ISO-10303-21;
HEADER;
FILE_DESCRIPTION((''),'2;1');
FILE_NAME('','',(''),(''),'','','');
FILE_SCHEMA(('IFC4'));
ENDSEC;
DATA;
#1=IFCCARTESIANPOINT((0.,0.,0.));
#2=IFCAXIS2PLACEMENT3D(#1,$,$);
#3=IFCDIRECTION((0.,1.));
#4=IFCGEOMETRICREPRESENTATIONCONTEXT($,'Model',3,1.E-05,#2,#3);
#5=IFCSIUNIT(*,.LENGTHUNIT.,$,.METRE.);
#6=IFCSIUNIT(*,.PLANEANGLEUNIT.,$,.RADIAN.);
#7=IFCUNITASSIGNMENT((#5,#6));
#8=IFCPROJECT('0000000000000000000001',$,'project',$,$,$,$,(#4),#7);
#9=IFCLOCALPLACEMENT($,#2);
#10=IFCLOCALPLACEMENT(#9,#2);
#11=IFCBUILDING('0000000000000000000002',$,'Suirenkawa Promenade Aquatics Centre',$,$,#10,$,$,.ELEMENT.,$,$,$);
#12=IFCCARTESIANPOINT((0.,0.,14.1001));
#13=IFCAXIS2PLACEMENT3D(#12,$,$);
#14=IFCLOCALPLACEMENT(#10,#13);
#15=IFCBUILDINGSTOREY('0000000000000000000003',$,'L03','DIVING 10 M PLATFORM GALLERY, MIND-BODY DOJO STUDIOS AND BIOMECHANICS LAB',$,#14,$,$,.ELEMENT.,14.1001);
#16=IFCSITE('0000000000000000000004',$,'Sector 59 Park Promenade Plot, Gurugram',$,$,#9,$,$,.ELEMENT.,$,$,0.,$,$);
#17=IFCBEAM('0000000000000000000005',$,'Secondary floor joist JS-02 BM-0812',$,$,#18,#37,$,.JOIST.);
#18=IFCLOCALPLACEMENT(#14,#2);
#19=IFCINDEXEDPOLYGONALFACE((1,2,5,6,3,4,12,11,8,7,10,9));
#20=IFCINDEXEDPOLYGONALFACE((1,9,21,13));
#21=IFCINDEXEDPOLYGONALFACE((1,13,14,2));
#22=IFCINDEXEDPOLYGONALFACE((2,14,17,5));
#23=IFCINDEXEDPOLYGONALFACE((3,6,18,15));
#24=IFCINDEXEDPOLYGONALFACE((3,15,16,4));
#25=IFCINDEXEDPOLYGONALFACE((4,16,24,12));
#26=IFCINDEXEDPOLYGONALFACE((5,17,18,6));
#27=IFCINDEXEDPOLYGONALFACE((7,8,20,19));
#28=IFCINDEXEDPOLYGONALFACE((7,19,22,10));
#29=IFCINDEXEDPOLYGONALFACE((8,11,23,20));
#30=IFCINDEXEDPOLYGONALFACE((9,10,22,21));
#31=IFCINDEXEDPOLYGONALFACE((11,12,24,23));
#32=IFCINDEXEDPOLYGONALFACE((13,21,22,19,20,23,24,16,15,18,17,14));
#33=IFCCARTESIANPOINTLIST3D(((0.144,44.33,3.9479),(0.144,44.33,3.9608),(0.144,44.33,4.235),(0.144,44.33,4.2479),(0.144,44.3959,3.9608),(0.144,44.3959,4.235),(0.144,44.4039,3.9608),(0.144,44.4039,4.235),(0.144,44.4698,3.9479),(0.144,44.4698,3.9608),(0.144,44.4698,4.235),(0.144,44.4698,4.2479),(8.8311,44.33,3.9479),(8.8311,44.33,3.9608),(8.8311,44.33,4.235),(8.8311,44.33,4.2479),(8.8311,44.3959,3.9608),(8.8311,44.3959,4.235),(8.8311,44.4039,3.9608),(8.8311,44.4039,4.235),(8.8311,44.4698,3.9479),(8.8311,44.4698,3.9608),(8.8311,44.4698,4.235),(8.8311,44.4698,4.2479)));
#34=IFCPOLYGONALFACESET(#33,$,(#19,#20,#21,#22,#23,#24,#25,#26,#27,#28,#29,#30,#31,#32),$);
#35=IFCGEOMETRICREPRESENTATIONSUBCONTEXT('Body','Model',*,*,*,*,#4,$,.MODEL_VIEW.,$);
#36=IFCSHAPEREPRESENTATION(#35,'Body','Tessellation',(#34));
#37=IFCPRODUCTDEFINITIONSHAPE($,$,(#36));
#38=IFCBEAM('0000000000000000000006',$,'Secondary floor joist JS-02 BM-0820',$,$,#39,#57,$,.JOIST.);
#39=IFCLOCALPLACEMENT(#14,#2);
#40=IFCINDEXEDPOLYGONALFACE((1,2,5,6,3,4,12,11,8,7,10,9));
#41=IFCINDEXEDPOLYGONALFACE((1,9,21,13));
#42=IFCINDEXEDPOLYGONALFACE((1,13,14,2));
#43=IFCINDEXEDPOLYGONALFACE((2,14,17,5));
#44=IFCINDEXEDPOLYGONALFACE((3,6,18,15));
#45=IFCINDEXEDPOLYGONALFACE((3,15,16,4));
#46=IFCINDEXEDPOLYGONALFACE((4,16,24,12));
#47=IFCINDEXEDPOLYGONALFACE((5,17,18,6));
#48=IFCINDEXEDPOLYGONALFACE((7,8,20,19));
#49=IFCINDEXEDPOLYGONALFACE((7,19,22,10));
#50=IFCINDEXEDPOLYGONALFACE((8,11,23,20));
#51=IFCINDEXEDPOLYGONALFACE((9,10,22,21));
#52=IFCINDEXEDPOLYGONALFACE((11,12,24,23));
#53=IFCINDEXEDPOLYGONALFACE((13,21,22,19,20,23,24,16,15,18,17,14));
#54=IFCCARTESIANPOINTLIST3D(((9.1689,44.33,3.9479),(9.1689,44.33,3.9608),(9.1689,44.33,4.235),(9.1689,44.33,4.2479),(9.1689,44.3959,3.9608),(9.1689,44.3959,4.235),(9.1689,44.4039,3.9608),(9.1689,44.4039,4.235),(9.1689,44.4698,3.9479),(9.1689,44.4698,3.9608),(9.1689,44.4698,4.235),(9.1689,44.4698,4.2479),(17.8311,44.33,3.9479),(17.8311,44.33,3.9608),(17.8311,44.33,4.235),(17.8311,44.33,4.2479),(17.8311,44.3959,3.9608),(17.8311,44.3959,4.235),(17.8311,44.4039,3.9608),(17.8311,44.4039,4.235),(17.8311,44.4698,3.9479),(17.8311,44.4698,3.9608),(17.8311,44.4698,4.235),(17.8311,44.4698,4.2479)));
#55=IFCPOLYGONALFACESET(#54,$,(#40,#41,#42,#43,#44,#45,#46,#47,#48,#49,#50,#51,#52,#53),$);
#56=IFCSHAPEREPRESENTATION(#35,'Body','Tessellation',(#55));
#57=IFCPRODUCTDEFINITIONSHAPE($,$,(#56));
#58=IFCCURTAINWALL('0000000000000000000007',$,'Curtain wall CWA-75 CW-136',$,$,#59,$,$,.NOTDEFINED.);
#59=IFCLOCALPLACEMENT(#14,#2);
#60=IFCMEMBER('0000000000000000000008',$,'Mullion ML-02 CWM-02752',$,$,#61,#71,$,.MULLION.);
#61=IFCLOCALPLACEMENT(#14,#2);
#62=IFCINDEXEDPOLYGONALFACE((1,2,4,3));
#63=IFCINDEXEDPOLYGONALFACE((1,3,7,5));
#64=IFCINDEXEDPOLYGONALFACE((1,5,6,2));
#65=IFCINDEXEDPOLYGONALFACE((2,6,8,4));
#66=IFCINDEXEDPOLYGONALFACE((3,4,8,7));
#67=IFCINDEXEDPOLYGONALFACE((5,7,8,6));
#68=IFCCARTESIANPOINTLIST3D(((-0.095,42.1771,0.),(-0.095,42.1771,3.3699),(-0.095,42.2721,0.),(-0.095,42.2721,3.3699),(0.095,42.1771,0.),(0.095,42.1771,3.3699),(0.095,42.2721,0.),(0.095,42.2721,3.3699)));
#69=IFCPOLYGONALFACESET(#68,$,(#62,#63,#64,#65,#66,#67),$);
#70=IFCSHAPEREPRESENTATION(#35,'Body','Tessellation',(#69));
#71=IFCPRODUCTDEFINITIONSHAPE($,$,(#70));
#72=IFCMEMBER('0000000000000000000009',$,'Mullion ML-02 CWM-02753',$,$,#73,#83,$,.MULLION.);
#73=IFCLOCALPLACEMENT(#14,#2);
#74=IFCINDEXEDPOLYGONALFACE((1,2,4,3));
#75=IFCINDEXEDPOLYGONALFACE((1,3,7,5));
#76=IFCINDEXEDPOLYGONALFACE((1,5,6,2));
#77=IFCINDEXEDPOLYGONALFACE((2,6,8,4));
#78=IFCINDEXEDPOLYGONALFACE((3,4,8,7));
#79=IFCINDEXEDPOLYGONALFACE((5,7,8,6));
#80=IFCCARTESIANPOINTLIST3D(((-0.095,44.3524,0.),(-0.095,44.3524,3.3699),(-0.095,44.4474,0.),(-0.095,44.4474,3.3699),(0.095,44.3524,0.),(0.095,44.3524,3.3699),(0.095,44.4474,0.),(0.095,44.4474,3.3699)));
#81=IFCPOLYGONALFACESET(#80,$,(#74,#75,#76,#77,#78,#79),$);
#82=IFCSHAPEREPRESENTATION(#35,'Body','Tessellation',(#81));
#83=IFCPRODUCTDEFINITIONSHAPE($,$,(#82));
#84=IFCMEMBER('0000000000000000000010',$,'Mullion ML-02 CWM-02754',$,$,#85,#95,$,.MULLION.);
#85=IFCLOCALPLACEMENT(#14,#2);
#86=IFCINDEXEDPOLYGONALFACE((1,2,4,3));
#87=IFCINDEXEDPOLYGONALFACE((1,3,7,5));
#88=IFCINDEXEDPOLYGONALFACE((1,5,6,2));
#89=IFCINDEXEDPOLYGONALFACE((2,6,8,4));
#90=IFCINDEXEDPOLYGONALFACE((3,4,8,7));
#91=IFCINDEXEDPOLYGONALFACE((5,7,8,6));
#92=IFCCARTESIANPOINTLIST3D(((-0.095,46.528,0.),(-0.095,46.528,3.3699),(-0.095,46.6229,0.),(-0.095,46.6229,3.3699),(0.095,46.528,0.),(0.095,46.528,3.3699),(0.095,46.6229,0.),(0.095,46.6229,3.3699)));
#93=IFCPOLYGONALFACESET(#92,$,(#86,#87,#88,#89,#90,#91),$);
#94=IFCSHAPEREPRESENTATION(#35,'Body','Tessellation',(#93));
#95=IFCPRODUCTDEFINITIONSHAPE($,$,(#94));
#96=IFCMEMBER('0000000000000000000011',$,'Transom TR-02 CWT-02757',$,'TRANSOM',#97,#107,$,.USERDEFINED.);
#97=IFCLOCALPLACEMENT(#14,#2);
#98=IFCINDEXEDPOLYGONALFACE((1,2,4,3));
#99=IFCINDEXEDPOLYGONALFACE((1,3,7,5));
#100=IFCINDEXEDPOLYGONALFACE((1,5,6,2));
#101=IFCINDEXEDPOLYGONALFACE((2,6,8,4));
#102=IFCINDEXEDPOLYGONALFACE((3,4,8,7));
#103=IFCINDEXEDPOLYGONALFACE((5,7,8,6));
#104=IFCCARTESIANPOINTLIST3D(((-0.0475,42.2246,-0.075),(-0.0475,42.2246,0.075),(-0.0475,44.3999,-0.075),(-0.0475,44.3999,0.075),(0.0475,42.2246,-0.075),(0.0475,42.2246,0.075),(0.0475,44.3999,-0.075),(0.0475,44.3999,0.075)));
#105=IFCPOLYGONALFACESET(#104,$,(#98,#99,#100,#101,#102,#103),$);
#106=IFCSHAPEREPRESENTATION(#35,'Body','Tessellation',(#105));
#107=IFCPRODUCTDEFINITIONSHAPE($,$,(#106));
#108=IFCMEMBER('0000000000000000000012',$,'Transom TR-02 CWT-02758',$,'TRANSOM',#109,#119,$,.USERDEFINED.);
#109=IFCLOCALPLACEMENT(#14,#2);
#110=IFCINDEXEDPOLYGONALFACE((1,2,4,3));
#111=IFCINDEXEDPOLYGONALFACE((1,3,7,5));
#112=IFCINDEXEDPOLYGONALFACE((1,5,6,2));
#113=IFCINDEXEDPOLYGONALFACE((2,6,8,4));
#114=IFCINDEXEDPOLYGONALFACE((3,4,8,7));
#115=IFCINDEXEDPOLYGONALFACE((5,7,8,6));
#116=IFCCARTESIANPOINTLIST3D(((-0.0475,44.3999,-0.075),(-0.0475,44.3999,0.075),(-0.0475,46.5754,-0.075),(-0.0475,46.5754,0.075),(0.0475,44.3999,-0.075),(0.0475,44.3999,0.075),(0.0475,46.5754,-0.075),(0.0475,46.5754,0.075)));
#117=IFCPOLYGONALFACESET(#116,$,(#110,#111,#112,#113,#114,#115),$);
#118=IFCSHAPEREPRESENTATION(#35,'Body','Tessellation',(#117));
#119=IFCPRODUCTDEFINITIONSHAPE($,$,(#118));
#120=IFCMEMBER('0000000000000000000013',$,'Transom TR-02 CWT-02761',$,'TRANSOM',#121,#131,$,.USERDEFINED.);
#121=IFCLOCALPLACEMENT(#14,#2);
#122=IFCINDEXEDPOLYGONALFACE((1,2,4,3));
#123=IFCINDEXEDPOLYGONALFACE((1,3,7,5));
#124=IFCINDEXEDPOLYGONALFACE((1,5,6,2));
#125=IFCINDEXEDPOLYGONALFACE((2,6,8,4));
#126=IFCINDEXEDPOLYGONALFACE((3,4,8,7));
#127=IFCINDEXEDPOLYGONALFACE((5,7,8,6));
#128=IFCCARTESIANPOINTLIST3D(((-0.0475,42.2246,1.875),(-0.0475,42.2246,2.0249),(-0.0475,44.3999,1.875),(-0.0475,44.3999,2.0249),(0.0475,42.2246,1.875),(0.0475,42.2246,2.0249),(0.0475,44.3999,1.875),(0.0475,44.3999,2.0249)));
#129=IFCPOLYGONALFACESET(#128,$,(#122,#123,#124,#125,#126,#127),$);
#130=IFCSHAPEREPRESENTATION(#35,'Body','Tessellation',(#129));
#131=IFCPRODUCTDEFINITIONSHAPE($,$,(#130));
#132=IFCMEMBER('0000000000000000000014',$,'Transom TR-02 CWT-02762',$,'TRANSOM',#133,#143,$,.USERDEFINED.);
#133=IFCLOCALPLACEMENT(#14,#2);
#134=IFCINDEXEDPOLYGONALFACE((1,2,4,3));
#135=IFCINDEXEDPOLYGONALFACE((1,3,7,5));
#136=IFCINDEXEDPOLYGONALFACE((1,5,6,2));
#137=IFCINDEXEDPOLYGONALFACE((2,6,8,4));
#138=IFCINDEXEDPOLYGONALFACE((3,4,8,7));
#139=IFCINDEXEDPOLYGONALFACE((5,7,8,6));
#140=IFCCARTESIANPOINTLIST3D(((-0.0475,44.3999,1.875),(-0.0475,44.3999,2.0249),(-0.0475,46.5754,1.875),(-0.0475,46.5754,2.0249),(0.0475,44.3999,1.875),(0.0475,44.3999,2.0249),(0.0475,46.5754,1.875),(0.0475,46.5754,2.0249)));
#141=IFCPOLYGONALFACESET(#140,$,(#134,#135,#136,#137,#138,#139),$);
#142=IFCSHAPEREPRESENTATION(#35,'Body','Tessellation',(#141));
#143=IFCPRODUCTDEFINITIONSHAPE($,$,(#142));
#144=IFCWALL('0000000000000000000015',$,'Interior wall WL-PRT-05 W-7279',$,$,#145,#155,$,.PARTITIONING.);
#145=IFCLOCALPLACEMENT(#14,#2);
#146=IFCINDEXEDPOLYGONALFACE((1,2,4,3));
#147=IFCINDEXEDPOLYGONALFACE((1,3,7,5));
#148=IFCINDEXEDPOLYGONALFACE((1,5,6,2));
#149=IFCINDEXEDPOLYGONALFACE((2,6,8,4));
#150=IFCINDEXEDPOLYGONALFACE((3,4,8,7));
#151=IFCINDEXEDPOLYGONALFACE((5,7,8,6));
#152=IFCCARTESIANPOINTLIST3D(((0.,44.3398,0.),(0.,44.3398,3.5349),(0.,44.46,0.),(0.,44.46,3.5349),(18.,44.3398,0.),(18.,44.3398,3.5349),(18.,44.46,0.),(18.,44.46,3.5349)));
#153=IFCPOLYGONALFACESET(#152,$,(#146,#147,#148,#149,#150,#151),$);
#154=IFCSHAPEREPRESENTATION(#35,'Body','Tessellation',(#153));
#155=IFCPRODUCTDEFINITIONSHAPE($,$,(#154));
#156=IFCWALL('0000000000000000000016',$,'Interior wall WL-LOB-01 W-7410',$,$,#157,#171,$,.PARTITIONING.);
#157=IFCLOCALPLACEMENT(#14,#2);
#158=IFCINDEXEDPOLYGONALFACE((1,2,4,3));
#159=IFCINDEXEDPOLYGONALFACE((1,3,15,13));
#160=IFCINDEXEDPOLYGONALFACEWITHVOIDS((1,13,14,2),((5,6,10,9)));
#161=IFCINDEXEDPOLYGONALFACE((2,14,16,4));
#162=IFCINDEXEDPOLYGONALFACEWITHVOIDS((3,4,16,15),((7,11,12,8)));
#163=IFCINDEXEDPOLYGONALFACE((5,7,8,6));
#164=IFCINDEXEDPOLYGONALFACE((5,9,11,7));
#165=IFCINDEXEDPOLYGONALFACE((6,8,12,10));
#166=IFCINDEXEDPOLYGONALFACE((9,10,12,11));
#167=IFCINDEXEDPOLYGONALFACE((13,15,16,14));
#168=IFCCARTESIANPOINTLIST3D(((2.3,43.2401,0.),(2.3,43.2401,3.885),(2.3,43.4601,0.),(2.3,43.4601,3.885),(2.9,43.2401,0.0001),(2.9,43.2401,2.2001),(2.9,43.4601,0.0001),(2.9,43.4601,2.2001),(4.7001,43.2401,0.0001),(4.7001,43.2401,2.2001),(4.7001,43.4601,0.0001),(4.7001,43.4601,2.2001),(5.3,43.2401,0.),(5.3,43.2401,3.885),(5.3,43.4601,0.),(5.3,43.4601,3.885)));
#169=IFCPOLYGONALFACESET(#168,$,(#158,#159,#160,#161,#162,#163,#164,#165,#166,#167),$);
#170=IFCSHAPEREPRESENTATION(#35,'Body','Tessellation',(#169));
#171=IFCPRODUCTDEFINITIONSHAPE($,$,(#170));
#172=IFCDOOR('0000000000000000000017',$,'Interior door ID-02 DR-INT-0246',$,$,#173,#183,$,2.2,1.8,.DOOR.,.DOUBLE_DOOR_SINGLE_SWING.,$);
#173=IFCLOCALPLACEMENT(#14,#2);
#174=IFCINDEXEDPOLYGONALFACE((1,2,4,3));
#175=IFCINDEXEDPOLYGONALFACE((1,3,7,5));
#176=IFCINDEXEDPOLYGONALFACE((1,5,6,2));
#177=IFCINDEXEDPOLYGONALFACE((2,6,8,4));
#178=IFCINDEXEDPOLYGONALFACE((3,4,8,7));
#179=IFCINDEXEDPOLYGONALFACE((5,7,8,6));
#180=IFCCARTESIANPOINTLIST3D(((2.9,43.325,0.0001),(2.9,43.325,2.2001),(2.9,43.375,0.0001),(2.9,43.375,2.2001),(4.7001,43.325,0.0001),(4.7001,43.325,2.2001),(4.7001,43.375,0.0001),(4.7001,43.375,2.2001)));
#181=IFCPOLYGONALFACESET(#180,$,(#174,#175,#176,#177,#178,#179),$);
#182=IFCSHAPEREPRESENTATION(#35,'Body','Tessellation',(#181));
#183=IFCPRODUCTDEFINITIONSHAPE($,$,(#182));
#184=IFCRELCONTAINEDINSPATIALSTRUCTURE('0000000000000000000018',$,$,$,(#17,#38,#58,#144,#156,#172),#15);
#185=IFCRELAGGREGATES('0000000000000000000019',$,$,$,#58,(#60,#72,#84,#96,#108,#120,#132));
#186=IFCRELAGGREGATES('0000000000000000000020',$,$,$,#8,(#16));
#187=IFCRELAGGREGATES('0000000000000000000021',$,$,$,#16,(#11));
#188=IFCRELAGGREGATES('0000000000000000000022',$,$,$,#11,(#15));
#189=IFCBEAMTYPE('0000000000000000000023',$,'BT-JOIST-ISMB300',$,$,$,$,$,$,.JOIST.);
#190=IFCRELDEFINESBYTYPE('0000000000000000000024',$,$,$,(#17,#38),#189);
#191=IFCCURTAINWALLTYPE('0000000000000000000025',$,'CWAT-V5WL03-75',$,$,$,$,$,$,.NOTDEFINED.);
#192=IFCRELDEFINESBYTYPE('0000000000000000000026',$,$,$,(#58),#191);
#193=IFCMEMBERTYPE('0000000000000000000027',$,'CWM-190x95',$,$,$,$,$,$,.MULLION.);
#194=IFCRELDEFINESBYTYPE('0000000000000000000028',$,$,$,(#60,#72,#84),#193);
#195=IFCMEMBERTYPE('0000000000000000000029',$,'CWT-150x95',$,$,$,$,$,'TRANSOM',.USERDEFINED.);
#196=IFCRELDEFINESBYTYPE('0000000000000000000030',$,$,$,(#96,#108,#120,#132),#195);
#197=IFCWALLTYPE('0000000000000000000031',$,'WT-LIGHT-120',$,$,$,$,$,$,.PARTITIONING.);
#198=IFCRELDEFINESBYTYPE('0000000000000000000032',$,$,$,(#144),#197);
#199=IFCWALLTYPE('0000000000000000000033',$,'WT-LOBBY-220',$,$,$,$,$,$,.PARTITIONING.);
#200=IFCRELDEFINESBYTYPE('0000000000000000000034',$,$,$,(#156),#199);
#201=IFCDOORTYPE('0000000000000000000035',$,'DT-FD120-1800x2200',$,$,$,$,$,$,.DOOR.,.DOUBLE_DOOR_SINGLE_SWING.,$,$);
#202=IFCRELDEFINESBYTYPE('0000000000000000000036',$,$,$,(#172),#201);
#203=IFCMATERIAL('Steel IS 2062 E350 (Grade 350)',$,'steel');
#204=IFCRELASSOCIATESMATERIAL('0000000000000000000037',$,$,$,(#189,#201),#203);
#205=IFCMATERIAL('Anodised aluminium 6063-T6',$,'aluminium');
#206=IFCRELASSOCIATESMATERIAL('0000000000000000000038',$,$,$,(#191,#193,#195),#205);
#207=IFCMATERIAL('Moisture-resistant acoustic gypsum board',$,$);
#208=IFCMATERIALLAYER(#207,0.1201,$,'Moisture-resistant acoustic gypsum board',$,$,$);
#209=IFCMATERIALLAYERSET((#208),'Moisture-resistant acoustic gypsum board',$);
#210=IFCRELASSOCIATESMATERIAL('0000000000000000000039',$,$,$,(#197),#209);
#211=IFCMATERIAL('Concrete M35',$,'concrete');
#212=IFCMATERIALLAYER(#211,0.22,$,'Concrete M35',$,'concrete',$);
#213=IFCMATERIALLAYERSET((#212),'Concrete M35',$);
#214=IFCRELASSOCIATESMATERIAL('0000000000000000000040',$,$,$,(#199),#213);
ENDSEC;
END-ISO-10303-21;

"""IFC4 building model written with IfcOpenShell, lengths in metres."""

from ifc_helpers import new_model, si_unit, direction, frame, frame_2d, origin, origin_2d, place, context, subcontext, project, spatial, rectangle, i_section, extrude, material, layer, layer_set, material_profile, profile_set, type_object, element, fill, aggregate, save


model = new_model("IFC4")

# Units and contexts
model_context = context("Model", 3, precision=1e-05, world=origin(), true_north=direction((0.0, 1.0)))
body_context = subcontext(model_context, "Body", "Model", "MODEL_VIEW")
ifc_project = project(units=[si_unit("LENGTHUNIT", "METRE"), si_unit("PLANEANGLEUNIT", "RADIAN")], contexts=[model_context])

# Site, building, storey
site_placement = place(None, origin())
site = spatial("IfcSite", under=ifc_project, at=site_placement, Name="Sector 59 Park Promenade Plot, Gurugram", CompositionType="ELEMENT", RefElevation=0.0)
building_placement = place(site_placement, origin())
building = spatial("IfcBuilding", under=site, at=building_placement, Name="Suirenkawa Promenade Aquatics Centre", CompositionType="ELEMENT")
storey_placement = place(building_placement, frame((0.0, 0.0, 14.1001)))
storey = spatial("IfcBuildingStorey", under=building, at=storey_placement, Name="L03", Description="DIVING 10 M PLATFORM GALLERY, MIND-BODY DOJO STUDIOS AND BIOMECHANICS LAB", CompositionType="ELEMENT", Elevation=14.1001)

# Beams
ifc_material_1 = material(Name="Steel IS 2062 E350 (Grade 350)", Category="steel")
ifc_material_profile_1 = material_profile(ifc_material_1, i_section(OverallWidth=0.1399, OverallDepth=0.3, WebThickness=0.0081, FlangeThickness=0.0129, at=origin_2d()), Name="ISMB 300", Category="steel")
ifc_profile_set_1 = profile_set([ifc_material_profile_1], Name="Steel IS 2062 E350 (Grade 350)")
beam_type = type_object("IfcBeamType", Name="BT-JOIST-ISMB300", PredefinedType="JOIST", material=ifc_profile_set_1)
beam_1_placement = place(storey_placement, frame((0.144, 44.3999, 4.0979), z_axis=(1.0, 0.0, 0.0), x_axis=(0.0, 1.0, 0.0)))
element("IfcBeam", 1, at=beam_1_placement, inside=storey, type_object=beam_type, Name="Secondary floor joist JS-02 BM-0812", PredefinedType="JOIST", context=body_context, shape_type="SweptSolid", body=[
    extrude(i_section(OverallWidth=0.1399, OverallDepth=0.3, WebThickness=0.0081, FlangeThickness=0.0129, at=origin_2d()), origin(), (0.0, 0.0, 1.0), 8.687),
])
beam_2_placement = place(storey_placement, frame((9.1689, 44.3999, 4.0979), z_axis=(1.0, 0.0, 0.0), x_axis=(0.0, 1.0, 0.0)))
element("IfcBeam", 2, at=beam_2_placement, inside=storey, type_object=beam_type, Name="Secondary floor joist JS-02 BM-0820", PredefinedType="JOIST", context=body_context, shape_type="SweptSolid", body=[
    extrude(i_section(OverallWidth=0.1399, OverallDepth=0.3, WebThickness=0.0081, FlangeThickness=0.0129, at=origin_2d()), origin(), (0.0, 0.0, 1.0), 8.6621),
])

# Curtain wall, members
ifc_material_2 = material(Name="Anodised aluminium 6063-T6", Category="aluminium")
curtain_wall_type = type_object("IfcCurtainWallType", Name="CWAT-V5WL03-75", PredefinedType="NOTDEFINED", material=ifc_material_2)
curtain_wall_placement = place(storey_placement, origin())
curtain_wall = element("IfcCurtainWall", 3, at=curtain_wall_placement, inside=storey, type_object=curtain_wall_type, Name="Curtain wall CWA-75 CW-136", PredefinedType="NOTDEFINED")
ifc_material_profile_2 = material_profile(ifc_material_2, rectangle(XDim=0.095, YDim=0.1899, at=origin_2d()), Name="ALU MULL 95x190", Category="aluminium")
ifc_profile_set_2 = profile_set([ifc_material_profile_2], Name="Anodised aluminium 6063-T6")
member_type_1 = type_object("IfcMemberType", Name="CWM-190x95", PredefinedType="MULLION", material=ifc_profile_set_2)
member_1_placement = place(storey_placement, frame((0.0, 42.2246, 0.0), z_axis=(0.0, 0.0, 1.0), x_axis=(0.0, 1.0, 0.0)))
member_1 = element("IfcMember", 4, at=member_1_placement, type_object=member_type_1, Name="Mullion ML-02 CWM-02752", PredefinedType="MULLION", context=body_context, shape_type="SweptSolid", body=[
    extrude(rectangle(XDim=0.095, YDim=0.1899, at=origin_2d()), origin(), (0.0, 0.0, 1.0), 3.3699),
])
member_2_placement = place(storey_placement, frame((0.0, 44.3999, 0.0), z_axis=(0.0, 0.0, 1.0), x_axis=(0.0, 1.0, 0.0)))
member_2 = element("IfcMember", 5, at=member_2_placement, type_object=member_type_1, Name="Mullion ML-02 CWM-02753", PredefinedType="MULLION", context=body_context, shape_type="SweptSolid", body=[
    extrude(rectangle(XDim=0.095, YDim=0.1899, at=origin_2d()), origin(), (0.0, 0.0, 1.0), 3.3699),
])
member_3_placement = place(storey_placement, frame((0.0, 46.5754, 0.0), z_axis=(0.0, 0.0, 1.0), x_axis=(0.0, 1.0, 0.0)))
member_3 = element("IfcMember", 6, at=member_3_placement, type_object=member_type_1, Name="Mullion ML-02 CWM-02754", PredefinedType="MULLION", context=body_context, shape_type="SweptSolid", body=[
    extrude(rectangle(XDim=0.095, YDim=0.1899, at=origin_2d()), origin(), (0.0, 0.0, 1.0), 3.3699),
])
ifc_material_profile_3 = material_profile(ifc_material_2, rectangle(XDim=0.095, YDim=0.1499, at=origin_2d()), Name="ALU TRAN 95x150", Category="aluminium")
ifc_profile_set_3 = profile_set([ifc_material_profile_3], Name="Anodised aluminium 6063-T6")
member_type_2 = type_object("IfcMemberType", Name="CWT-150x95", ElementType="TRANSOM", PredefinedType="USERDEFINED", material=ifc_profile_set_3)
member_4_placement = place(storey_placement, frame((0.0, 42.2246, 0.0), z_axis=(0.0, 1.0, 0.0), x_axis=(-1.0, 0.0, 0.0)))
member_4 = element("IfcMember", 7, at=member_4_placement, type_object=member_type_2, Name="Transom TR-02 CWT-02757", ObjectType="TRANSOM", PredefinedType="USERDEFINED", context=body_context, shape_type="SweptSolid", body=[
    extrude(rectangle(XDim=0.095, YDim=0.1499, at=origin_2d()), origin(), (0.0, 0.0, 1.0), 2.1753),
])
member_5_placement = place(storey_placement, frame((0.0, 44.3999, 0.0), z_axis=(0.0, 1.0, 0.0), x_axis=(-1.0, 0.0, 0.0)))
member_5 = element("IfcMember", 8, at=member_5_placement, type_object=member_type_2, Name="Transom TR-02 CWT-02758", ObjectType="TRANSOM", PredefinedType="USERDEFINED", context=body_context, shape_type="SweptSolid", body=[
    extrude(rectangle(XDim=0.095, YDim=0.1499, at=origin_2d()), origin(), (0.0, 0.0, 1.0), 2.1755),
])
member_6_placement = place(storey_placement, frame((0.0, 42.2246, 1.95), z_axis=(0.0, 1.0, 0.0), x_axis=(-1.0, 0.0, 0.0)))
member_6 = element("IfcMember", 9, at=member_6_placement, type_object=member_type_2, Name="Transom TR-02 CWT-02761", ObjectType="TRANSOM", PredefinedType="USERDEFINED", context=body_context, shape_type="SweptSolid", body=[
    extrude(rectangle(XDim=0.095, YDim=0.1499, at=origin_2d()), origin(), (0.0, 0.0, 1.0), 2.1753),
])
member_7_placement = place(storey_placement, frame((0.0, 44.3999, 1.95), z_axis=(0.0, 1.0, 0.0), x_axis=(-1.0, 0.0, 0.0)))
member_7 = element("IfcMember", 10, at=member_7_placement, type_object=member_type_2, Name="Transom TR-02 CWT-02762", ObjectType="TRANSOM", PredefinedType="USERDEFINED", context=body_context, shape_type="SweptSolid", body=[
    extrude(rectangle(XDim=0.095, YDim=0.1499, at=origin_2d()), origin(), (0.0, 0.0, 1.0), 2.1755),
])
aggregate(curtain_wall, [member_1, member_2, member_3, member_4, member_5, member_6, member_7])

# Wall
ifc_material_3 = material(Name="Moisture-resistant acoustic gypsum board")
ifc_layer_1 = layer(ifc_material_3, 0.1201, Name="Moisture-resistant acoustic gypsum board")
ifc_layer_set_1 = layer_set([ifc_layer_1], Name="Moisture-resistant acoustic gypsum board")
wall_type_1 = type_object("IfcWallType", Name="WT-LIGHT-120", PredefinedType="PARTITIONING", material=ifc_layer_set_1)
wall_1_placement = place(storey_placement, frame((0.0, 44.3999, 0.0), z_axis=(0.0, 0.0, 1.0), x_axis=(1.0, 0.0, 0.0)))
element("IfcWall", 11, at=wall_1_placement, inside=storey, type_object=wall_type_1, Name="Interior wall WL-PRT-05 W-7279", PredefinedType="PARTITIONING", context=body_context, shape_type="SweptSolid", body=[
    extrude(rectangle(XDim=18.0, YDim=0.1201, at=frame_2d((9.0, 0.0))), origin(), (0.0, 0.0, 1.0), 3.5349),
])

# Wall, opening, door
ifc_material_4 = material(Name="Concrete M35", Category="concrete")
ifc_layer_2 = layer(ifc_material_4, 0.22, Name="Concrete M35", Category="concrete")
ifc_layer_set_2 = layer_set([ifc_layer_2], Name="Concrete M35")
wall_type_2 = type_object("IfcWallType", Name="WT-LOBBY-220", PredefinedType="PARTITIONING", material=ifc_layer_set_2)
wall_2_placement = place(storey_placement, frame((2.3, 43.3501, 0.0), z_axis=(0.0, 0.0, 1.0), x_axis=(1.0, 0.0, 0.0)))
wall_2 = element("IfcWall", 12, at=wall_2_placement, inside=storey, type_object=wall_type_2, Name="Interior wall WL-LOB-01 W-7410", PredefinedType="PARTITIONING", context=body_context, shape_type="SweptSolid", body=[
    extrude(rectangle(XDim=3.0, YDim=0.22, at=frame_2d((1.5, 0.0))), origin(), (0.0, 0.0, 1.0), 3.885),
])
opening_placement = place(wall_2_placement, frame((0.6001, 0.0, 0.0)))
opening = element("IfcOpeningElement", 13, at=opening_placement, cuts=wall_2, PredefinedType="OPENING", context=body_context, shape_type="SweptSolid", body=[
    extrude(rectangle(XDim=1.8, YDim=2.2, at=frame_2d((0.8999, 1.1001))), frame((0.0, 0.1199, 0.0), z_axis=(0.0, -1.0, 0.0), x_axis=(1.0, 0.0, 0.0)), (0.0, 0.0, 1.0), 0.24),
])
door_type = type_object("IfcDoorType", Name="DT-FD120-1800x2200", OperationType="DOUBLE_DOOR_SINGLE_SWING", PredefinedType="DOOR", material=ifc_material_1)
door_placement = place(opening_placement, origin())
door = element("IfcDoor", 14, at=door_placement, inside=storey, type_object=door_type, Name="Interior door ID-02 DR-INT-0246", OperationType="DOUBLE_DOOR_SINGLE_SWING", OverallHeight=2.2, OverallWidth=1.8, PredefinedType="DOOR", context=body_context, shape_type="SweptSolid", body=[
    extrude(rectangle(XDim=1.8, YDim=2.2, at=frame_2d((0.8999, 1.1001))), frame((0.0, 0.0249, 0.0), z_axis=(0.0, -1.0, 0.0), x_axis=(1.0, 0.0, 0.0)), (0.0, 0.0, 1.0), 0.05),
])
fill(opening, door)

save(model, "model.ifc")
